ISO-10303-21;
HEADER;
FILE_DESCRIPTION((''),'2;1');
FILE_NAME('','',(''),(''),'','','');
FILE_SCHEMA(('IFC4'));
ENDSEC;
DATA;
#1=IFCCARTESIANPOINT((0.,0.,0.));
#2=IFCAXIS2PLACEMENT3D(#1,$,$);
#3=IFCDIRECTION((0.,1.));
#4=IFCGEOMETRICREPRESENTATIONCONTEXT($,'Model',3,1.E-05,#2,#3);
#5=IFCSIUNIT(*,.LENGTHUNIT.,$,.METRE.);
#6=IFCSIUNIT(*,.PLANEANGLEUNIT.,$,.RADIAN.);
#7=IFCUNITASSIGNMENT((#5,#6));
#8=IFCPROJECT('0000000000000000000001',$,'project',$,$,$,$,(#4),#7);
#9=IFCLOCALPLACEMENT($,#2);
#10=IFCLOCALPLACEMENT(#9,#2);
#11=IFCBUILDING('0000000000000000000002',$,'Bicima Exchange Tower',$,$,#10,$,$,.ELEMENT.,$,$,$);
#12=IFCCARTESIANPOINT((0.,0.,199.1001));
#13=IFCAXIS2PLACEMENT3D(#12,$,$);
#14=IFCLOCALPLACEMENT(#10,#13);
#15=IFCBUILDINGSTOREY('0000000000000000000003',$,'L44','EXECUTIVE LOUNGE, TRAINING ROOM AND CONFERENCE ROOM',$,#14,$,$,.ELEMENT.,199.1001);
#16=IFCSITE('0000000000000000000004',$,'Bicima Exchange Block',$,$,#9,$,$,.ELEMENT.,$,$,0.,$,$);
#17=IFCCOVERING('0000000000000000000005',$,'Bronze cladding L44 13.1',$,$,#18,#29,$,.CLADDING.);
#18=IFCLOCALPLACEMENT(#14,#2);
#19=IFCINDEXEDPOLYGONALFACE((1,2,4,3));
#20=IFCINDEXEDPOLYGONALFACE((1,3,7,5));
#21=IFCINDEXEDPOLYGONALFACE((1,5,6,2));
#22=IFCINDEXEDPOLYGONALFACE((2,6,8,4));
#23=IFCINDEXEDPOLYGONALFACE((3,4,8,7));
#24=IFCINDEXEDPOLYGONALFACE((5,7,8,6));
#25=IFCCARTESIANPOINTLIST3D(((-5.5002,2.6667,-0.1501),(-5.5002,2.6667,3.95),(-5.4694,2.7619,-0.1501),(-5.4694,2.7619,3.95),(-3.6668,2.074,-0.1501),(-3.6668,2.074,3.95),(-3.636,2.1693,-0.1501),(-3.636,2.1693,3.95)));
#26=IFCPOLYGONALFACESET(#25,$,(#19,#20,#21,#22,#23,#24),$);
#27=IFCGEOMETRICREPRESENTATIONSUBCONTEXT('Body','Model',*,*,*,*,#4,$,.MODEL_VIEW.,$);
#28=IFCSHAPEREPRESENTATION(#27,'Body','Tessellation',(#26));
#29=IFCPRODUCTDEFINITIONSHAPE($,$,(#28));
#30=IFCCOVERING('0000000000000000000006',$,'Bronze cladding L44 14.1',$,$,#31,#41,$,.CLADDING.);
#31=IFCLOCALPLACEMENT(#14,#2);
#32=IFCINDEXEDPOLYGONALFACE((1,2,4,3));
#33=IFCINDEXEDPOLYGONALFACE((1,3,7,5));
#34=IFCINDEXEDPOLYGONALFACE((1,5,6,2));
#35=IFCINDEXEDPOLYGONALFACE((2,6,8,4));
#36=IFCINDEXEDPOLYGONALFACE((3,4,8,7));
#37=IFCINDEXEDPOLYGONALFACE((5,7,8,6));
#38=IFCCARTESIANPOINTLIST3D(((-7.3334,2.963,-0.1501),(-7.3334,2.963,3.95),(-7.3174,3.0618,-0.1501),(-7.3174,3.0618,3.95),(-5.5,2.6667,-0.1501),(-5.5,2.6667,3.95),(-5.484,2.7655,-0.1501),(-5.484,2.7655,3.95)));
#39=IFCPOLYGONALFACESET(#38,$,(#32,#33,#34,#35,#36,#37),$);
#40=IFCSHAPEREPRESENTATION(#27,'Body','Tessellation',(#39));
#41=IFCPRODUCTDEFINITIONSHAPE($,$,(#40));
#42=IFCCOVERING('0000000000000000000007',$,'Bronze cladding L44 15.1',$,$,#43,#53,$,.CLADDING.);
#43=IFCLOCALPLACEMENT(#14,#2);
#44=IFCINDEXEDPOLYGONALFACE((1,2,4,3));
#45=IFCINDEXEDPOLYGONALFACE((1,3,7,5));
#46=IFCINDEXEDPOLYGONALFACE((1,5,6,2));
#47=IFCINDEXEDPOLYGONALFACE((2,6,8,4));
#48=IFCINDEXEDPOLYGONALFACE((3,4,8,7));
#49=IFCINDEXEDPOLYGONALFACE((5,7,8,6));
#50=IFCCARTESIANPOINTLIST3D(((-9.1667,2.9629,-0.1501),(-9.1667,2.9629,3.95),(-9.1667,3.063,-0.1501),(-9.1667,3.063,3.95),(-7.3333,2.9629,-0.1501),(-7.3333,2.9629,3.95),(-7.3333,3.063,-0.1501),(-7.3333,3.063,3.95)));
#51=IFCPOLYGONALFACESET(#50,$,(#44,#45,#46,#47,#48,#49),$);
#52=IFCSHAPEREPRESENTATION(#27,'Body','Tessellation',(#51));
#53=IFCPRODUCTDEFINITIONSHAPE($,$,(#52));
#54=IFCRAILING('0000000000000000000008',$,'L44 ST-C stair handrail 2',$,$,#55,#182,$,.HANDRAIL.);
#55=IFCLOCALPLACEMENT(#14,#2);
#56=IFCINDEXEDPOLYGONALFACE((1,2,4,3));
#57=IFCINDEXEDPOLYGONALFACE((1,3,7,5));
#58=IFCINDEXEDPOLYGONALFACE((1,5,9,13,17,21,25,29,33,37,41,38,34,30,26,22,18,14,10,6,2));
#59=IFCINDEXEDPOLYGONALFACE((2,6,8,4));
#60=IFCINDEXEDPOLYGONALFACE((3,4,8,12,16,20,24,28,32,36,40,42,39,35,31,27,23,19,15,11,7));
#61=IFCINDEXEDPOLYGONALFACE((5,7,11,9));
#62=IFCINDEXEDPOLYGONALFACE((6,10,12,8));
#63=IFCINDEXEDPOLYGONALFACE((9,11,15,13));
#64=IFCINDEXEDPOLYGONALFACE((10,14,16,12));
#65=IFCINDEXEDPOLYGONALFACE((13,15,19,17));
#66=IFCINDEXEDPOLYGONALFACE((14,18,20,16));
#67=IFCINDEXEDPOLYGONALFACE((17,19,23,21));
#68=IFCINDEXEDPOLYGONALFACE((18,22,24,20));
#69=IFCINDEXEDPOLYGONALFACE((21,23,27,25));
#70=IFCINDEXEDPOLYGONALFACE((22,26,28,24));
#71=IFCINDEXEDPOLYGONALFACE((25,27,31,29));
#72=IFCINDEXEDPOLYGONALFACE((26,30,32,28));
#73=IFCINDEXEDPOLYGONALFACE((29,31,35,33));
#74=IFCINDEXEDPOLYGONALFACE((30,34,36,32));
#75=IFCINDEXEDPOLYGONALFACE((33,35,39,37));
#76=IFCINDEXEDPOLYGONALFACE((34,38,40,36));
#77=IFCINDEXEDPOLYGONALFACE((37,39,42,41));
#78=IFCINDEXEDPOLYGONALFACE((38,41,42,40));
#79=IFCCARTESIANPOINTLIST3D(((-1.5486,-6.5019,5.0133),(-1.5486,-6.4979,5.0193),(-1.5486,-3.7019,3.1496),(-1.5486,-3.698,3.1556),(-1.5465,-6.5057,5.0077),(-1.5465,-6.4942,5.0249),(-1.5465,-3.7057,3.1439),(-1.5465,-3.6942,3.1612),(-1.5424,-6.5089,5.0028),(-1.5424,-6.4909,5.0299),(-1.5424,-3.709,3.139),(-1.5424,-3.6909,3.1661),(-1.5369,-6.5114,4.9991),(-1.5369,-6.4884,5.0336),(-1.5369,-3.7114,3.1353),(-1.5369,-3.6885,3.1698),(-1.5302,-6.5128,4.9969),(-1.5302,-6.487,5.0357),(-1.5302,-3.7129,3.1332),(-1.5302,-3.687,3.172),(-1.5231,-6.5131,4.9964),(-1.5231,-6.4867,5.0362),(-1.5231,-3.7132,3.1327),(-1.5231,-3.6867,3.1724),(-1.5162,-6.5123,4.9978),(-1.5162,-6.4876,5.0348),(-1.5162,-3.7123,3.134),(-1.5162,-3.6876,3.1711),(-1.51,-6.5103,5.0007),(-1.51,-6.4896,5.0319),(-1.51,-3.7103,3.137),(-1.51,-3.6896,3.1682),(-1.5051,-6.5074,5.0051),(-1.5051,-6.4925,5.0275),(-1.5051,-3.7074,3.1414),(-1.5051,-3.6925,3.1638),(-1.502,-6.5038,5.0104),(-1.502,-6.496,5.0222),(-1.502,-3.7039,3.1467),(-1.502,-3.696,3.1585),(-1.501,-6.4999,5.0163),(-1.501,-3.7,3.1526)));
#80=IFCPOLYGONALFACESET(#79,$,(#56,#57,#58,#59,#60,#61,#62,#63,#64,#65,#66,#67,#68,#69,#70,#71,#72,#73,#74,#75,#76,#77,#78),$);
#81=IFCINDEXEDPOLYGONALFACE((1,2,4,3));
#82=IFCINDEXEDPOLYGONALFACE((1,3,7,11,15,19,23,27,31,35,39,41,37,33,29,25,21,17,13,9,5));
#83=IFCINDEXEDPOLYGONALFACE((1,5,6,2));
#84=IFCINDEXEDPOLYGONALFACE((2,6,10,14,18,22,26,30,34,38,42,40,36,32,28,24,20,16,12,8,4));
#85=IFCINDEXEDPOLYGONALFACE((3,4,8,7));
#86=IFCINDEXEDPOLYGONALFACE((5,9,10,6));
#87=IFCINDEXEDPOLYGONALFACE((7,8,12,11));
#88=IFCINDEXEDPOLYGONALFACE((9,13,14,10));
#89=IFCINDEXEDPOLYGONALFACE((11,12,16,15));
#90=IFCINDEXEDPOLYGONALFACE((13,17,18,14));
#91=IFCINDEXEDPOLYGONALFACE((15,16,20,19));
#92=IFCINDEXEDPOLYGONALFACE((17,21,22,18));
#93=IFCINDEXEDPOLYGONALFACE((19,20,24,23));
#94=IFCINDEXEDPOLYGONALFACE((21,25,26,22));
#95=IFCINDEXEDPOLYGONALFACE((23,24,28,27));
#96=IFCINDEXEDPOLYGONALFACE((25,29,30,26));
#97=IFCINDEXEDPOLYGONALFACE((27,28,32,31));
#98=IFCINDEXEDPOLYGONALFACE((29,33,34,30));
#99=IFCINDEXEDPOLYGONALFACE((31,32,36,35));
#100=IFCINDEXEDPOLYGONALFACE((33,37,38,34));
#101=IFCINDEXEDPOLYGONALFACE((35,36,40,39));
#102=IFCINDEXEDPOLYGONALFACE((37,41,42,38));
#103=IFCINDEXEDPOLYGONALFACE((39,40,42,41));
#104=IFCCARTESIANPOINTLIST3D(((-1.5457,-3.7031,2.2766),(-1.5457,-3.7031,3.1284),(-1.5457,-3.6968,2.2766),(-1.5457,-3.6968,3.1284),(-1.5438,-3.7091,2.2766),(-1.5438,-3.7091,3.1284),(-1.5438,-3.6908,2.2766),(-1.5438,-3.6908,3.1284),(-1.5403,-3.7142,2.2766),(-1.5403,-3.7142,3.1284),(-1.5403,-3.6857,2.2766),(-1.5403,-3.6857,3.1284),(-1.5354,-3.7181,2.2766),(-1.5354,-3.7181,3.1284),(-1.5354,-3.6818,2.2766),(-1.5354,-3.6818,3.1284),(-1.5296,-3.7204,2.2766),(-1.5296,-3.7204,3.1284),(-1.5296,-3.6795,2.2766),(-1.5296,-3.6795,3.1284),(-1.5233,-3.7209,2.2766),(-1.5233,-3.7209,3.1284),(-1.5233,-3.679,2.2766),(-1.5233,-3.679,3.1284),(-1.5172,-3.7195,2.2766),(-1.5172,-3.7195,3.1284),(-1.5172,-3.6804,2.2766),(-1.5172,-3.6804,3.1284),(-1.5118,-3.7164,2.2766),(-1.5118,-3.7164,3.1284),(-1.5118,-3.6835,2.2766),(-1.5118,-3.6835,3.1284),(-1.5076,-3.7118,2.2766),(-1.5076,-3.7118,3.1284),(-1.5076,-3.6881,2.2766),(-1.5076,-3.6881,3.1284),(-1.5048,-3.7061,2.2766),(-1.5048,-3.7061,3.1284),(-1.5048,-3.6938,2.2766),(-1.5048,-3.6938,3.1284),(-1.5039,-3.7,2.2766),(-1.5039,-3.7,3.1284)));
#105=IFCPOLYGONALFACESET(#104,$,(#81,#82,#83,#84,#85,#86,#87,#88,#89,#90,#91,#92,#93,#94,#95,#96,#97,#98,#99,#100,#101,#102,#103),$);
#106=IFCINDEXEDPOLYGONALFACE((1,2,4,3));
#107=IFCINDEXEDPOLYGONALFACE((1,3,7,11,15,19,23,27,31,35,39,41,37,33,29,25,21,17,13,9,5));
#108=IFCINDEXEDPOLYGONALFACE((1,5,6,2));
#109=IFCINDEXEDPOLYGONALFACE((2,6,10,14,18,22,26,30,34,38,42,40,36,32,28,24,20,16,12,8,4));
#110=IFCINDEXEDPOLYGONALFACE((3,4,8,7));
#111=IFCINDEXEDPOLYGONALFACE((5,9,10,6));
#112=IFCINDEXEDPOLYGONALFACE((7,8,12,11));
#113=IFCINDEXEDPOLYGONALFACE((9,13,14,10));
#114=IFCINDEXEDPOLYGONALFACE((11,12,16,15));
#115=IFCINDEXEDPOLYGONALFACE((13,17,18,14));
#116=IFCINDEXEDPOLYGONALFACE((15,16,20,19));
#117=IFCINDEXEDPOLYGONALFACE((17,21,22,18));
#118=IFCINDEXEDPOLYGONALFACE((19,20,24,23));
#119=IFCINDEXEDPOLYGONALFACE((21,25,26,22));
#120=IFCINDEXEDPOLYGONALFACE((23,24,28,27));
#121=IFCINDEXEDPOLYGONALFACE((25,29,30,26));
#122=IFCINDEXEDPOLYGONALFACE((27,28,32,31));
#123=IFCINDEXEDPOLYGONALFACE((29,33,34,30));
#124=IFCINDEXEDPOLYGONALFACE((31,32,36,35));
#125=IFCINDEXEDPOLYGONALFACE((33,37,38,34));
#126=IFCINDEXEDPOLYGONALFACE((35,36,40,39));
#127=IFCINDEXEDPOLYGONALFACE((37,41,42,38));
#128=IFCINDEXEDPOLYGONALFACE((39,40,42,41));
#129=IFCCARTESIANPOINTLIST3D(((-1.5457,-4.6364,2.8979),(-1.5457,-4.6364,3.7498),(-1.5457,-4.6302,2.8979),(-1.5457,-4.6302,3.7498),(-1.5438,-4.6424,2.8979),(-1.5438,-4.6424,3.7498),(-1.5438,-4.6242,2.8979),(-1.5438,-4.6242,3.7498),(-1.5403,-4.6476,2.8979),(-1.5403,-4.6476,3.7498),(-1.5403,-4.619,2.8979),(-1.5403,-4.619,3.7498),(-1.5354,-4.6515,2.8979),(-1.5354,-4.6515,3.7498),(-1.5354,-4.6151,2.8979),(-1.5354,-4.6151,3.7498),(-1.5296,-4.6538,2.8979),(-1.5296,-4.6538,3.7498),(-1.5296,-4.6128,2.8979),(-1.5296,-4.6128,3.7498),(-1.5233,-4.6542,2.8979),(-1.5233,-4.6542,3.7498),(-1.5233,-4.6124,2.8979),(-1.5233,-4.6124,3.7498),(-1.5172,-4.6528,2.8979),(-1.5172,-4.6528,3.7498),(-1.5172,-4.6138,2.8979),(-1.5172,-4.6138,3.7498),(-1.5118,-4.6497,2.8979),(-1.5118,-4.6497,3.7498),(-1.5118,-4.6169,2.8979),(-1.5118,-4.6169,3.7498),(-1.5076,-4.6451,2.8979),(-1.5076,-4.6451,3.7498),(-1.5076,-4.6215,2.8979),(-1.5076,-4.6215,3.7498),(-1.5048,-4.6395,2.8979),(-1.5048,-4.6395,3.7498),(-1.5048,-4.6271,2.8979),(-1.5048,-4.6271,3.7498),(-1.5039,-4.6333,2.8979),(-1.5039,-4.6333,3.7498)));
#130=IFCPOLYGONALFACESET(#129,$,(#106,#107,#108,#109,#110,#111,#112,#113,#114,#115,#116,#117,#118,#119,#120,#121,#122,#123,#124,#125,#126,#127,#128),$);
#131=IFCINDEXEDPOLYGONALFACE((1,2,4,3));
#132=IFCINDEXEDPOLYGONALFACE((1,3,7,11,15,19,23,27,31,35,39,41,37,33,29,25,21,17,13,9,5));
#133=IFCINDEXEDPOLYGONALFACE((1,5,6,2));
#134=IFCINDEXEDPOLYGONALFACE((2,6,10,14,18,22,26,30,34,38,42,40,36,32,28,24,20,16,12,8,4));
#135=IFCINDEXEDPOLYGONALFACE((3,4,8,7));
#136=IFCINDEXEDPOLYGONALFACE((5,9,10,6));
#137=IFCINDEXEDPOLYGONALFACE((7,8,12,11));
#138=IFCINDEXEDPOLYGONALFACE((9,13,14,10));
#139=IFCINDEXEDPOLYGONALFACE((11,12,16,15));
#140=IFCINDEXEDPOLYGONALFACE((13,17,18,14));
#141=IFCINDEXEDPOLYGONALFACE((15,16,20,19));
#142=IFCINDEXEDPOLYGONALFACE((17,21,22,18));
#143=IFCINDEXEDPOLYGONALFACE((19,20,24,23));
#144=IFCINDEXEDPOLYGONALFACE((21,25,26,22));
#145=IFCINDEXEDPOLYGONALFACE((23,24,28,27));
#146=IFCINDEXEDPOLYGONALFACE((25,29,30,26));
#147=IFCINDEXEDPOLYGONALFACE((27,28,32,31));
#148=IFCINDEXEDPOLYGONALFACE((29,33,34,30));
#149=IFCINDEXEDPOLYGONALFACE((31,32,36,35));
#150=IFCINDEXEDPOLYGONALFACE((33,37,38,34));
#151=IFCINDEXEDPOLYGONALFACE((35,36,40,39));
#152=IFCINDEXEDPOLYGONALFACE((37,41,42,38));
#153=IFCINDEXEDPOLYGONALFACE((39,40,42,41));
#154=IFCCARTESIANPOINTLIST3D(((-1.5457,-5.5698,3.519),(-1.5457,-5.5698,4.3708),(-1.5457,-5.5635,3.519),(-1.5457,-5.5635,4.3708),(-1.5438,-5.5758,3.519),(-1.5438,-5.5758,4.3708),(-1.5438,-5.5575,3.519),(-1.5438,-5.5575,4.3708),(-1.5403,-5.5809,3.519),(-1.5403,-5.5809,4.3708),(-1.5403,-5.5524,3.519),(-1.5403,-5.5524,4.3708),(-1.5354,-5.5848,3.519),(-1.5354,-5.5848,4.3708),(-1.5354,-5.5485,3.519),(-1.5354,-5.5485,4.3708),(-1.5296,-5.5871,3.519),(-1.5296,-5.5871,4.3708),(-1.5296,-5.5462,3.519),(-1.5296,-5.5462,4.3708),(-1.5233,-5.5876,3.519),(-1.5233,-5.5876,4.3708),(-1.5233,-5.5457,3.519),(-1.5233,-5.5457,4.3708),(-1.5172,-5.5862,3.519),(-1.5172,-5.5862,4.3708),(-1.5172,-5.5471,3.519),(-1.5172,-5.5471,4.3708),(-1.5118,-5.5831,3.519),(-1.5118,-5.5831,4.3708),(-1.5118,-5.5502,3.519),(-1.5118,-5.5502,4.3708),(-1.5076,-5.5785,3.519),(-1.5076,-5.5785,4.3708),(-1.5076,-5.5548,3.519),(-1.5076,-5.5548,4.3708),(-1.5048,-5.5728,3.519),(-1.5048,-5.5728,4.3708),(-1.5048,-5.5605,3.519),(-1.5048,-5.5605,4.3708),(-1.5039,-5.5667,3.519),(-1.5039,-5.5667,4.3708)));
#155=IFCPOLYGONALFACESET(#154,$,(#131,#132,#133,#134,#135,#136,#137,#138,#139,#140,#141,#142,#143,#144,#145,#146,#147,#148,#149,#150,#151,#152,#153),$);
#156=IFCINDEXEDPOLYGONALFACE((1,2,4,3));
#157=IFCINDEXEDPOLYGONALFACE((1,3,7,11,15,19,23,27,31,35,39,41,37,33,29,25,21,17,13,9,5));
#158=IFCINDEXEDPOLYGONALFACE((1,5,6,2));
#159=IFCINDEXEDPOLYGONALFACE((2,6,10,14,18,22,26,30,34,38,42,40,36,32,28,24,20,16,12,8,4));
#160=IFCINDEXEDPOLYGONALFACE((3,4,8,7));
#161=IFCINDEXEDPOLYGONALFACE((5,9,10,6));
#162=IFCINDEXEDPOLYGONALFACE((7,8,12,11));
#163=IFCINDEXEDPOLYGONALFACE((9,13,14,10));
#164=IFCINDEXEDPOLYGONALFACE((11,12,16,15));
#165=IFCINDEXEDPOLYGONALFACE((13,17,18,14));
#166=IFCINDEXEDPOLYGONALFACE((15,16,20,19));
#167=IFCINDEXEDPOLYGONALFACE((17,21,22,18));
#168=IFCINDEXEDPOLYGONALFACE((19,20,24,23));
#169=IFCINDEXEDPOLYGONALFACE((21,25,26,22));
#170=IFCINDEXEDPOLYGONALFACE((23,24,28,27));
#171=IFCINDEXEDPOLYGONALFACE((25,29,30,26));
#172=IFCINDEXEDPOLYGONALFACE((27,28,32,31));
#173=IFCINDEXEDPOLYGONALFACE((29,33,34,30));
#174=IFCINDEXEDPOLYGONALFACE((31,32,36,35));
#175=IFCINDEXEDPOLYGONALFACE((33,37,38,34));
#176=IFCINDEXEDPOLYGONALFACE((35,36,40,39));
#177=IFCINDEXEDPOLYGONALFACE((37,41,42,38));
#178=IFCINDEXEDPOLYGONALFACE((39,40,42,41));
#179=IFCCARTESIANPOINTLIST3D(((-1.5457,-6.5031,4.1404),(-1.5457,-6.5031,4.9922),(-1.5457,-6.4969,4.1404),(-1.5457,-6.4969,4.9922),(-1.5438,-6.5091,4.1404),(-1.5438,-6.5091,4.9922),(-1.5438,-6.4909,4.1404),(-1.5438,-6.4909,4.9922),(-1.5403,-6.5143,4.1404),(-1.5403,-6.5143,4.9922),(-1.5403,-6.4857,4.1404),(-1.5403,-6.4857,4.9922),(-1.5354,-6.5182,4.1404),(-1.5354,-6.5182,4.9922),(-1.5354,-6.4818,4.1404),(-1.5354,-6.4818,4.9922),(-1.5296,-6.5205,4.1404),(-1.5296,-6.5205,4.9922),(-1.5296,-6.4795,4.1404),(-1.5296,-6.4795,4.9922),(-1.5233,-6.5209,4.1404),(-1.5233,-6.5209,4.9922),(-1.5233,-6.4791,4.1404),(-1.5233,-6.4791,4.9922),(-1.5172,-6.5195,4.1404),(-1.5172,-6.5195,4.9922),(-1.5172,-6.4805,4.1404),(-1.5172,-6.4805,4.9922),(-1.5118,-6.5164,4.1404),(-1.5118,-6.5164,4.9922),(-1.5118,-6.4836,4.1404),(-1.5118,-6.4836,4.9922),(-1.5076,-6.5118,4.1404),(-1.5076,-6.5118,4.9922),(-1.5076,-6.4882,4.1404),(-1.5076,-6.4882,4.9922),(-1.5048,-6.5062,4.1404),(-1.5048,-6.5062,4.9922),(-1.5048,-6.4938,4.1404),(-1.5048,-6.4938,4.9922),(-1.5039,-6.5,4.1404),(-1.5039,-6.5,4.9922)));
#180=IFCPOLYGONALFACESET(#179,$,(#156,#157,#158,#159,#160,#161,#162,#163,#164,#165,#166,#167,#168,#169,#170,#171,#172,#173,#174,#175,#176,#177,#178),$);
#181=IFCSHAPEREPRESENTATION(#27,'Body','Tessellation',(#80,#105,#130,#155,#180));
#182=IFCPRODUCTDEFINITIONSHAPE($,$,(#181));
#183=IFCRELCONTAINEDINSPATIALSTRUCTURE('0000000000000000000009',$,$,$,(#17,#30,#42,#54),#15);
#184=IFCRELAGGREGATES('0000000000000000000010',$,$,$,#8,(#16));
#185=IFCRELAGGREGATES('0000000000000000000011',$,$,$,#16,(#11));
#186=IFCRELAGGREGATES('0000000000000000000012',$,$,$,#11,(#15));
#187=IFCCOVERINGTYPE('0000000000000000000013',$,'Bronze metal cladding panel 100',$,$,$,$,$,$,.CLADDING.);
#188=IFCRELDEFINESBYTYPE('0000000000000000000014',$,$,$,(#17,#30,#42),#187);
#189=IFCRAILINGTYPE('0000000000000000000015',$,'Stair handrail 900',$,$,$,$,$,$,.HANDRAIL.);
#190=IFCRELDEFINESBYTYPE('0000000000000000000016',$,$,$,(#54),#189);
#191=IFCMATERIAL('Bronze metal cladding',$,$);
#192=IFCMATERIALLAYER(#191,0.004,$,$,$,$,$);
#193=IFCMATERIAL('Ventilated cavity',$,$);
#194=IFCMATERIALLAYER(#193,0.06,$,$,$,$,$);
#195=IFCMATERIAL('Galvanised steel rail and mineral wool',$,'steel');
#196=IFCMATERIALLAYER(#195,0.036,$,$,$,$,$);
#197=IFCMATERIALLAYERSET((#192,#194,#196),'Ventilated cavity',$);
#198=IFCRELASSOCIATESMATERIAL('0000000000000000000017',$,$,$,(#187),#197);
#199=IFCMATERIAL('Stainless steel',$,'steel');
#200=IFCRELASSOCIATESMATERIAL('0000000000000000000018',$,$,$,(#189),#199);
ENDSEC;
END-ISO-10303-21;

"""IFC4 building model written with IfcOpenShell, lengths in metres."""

from ifc_helpers import new_model, si_unit, direction, frame, origin, origin_2d, place, context, subcontext, project, spatial, rectangle, circle, extrude, material, layer, layer_set, type_object, element, save


model = new_model("IFC4")

# Units and contexts
model_context = context("Model", 3, precision=1e-05, world=origin(), true_north=direction((0.0, 1.0)))
body_context = subcontext(model_context, "Body", "Model", "MODEL_VIEW")
ifc_project = project(units=[si_unit("LENGTHUNIT", "METRE"), si_unit("PLANEANGLEUNIT", "RADIAN")], contexts=[model_context])

# Site, building, storey
site_placement = place(None, origin())
site = spatial("IfcSite", under=ifc_project, at=site_placement, Name="Bicima Exchange Block", CompositionType="ELEMENT", RefElevation=0.0)
building_placement = place(site_placement, origin())
building = spatial("IfcBuilding", under=site, at=building_placement, Name="Bicima Exchange Tower", CompositionType="ELEMENT")
storey_placement = place(building_placement, frame((0.0, 0.0, 199.1001)))
storey = spatial("IfcBuildingStorey", under=building, at=storey_placement, Name="L44", Description="EXECUTIVE LOUNGE, TRAINING ROOM AND CONFERENCE ROOM", CompositionType="ELEMENT", Elevation=199.1001)

# Coverings
ifc_material_1 = material(Name="Bronze metal cladding")
ifc_layer_1 = layer(ifc_material_1, 0.004)
ifc_material_2 = material(Name="Ventilated cavity")
ifc_layer_2 = layer(ifc_material_2, 0.06)
ifc_material_3 = material(Name="Galvanised steel rail and mineral wool", Category="steel")
ifc_layer_3 = layer(ifc_material_3, 0.036)
ifc_layer_set_1 = layer_set([ifc_layer_1, ifc_layer_2, ifc_layer_3], Name="Ventilated cavity")
covering_type = type_object("IfcCoveringType", Name="Bronze metal cladding panel 100", PredefinedType="CLADDING", material=ifc_layer_set_1)
covering_1_placement = place(storey_placement, frame((-4.5681, 2.418, -0.1501), z_axis=(0.0, 0.0, 1.0), x_axis=(-0.951525, 0.307573, 0.0)))
element("IfcCovering", 1, at=covering_1_placement, inside=storey, type_object=covering_type, Name="Bronze cladding L44 13.1", PredefinedType="CLADDING", context=body_context, shape_type="SweptSolid", body=[
    extrude(rectangle(XDim=1.9268, YDim=0.1001, at=origin_2d()), origin(), (0.0, 0.0, 1.0), 4.1001),
])
covering_2_placement = place(storey_placement, frame((-6.4087, 2.8643, -0.1501), z_axis=(0.0, 0.0, 1.0), x_axis=(-0.98719, 0.15955, 0.0)))
element("IfcCovering", 2, at=covering_2_placement, inside=storey, type_object=covering_type, Name="Bronze cladding L44 14.1", PredefinedType="CLADDING", context=body_context, shape_type="SweptSolid", body=[
    extrude(rectangle(XDim=1.8572, YDim=0.1001, at=origin_2d()), origin(), (0.0, 0.0, 1.0), 4.1001),
])
covering_3_placement = place(storey_placement, frame((-8.25, 3.0129, -0.1501), z_axis=(0.0, 0.0, 1.0), x_axis=(-1.0, 0.0, 0.0)))
element("IfcCovering", 3, at=covering_3_placement, inside=storey, type_object=covering_type, Name="Bronze cladding L44 15.1", PredefinedType="CLADDING", context=body_context, shape_type="SweptSolid", body=[
    extrude(rectangle(XDim=1.8335, YDim=0.1001, at=origin_2d()), origin(), (0.0, 0.0, 1.0), 4.1001),
])

# Railing
ifc_material_4 = material(Name="Stainless steel", Category="steel")
railing_type = type_object("IfcRailingType", Name="Stair handrail 900", PredefinedType="HANDRAIL", material=ifc_material_4)
railing_placement = place(storey_placement, frame((-1.5249, -3.7, 2.2766)))
element("IfcRailing", 4, at=railing_placement, inside=storey, type_object=railing_type, Name="L44 ST-C stair handrail 2", PredefinedType="HANDRAIL", context=body_context, shape_type="SweptSolid", body=[
    extrude(circle(Radius=0.0239, at=origin_2d()), frame((0.0, 0.0, 0.876), z_axis=(0.0, -0.832452, 0.554097), x_axis=(1.0, 0.0, 0.0)), (0.0, 0.0, 1.0), 3.3635),
    extrude(circle(Radius=0.021, at=origin_2d()), origin(), (0.0, 0.0, 1.0), 0.8518),
    extrude(circle(Radius=0.021, at=origin_2d()), frame((0.0, -0.9333, 0.6213)), (0.0, 0.0, 1.0), 0.8518),
    extrude(circle(Radius=0.021, at=origin_2d()), frame((0.0, -1.8667, 1.2424)), (0.0, 0.0, 1.0), 0.8518),
    extrude(circle(Radius=0.021, at=origin_2d()), frame((0.0, -2.8, 1.8638)), (0.0, 0.0, 1.0), 0.8518),
])

save(model, "model.ifc")
